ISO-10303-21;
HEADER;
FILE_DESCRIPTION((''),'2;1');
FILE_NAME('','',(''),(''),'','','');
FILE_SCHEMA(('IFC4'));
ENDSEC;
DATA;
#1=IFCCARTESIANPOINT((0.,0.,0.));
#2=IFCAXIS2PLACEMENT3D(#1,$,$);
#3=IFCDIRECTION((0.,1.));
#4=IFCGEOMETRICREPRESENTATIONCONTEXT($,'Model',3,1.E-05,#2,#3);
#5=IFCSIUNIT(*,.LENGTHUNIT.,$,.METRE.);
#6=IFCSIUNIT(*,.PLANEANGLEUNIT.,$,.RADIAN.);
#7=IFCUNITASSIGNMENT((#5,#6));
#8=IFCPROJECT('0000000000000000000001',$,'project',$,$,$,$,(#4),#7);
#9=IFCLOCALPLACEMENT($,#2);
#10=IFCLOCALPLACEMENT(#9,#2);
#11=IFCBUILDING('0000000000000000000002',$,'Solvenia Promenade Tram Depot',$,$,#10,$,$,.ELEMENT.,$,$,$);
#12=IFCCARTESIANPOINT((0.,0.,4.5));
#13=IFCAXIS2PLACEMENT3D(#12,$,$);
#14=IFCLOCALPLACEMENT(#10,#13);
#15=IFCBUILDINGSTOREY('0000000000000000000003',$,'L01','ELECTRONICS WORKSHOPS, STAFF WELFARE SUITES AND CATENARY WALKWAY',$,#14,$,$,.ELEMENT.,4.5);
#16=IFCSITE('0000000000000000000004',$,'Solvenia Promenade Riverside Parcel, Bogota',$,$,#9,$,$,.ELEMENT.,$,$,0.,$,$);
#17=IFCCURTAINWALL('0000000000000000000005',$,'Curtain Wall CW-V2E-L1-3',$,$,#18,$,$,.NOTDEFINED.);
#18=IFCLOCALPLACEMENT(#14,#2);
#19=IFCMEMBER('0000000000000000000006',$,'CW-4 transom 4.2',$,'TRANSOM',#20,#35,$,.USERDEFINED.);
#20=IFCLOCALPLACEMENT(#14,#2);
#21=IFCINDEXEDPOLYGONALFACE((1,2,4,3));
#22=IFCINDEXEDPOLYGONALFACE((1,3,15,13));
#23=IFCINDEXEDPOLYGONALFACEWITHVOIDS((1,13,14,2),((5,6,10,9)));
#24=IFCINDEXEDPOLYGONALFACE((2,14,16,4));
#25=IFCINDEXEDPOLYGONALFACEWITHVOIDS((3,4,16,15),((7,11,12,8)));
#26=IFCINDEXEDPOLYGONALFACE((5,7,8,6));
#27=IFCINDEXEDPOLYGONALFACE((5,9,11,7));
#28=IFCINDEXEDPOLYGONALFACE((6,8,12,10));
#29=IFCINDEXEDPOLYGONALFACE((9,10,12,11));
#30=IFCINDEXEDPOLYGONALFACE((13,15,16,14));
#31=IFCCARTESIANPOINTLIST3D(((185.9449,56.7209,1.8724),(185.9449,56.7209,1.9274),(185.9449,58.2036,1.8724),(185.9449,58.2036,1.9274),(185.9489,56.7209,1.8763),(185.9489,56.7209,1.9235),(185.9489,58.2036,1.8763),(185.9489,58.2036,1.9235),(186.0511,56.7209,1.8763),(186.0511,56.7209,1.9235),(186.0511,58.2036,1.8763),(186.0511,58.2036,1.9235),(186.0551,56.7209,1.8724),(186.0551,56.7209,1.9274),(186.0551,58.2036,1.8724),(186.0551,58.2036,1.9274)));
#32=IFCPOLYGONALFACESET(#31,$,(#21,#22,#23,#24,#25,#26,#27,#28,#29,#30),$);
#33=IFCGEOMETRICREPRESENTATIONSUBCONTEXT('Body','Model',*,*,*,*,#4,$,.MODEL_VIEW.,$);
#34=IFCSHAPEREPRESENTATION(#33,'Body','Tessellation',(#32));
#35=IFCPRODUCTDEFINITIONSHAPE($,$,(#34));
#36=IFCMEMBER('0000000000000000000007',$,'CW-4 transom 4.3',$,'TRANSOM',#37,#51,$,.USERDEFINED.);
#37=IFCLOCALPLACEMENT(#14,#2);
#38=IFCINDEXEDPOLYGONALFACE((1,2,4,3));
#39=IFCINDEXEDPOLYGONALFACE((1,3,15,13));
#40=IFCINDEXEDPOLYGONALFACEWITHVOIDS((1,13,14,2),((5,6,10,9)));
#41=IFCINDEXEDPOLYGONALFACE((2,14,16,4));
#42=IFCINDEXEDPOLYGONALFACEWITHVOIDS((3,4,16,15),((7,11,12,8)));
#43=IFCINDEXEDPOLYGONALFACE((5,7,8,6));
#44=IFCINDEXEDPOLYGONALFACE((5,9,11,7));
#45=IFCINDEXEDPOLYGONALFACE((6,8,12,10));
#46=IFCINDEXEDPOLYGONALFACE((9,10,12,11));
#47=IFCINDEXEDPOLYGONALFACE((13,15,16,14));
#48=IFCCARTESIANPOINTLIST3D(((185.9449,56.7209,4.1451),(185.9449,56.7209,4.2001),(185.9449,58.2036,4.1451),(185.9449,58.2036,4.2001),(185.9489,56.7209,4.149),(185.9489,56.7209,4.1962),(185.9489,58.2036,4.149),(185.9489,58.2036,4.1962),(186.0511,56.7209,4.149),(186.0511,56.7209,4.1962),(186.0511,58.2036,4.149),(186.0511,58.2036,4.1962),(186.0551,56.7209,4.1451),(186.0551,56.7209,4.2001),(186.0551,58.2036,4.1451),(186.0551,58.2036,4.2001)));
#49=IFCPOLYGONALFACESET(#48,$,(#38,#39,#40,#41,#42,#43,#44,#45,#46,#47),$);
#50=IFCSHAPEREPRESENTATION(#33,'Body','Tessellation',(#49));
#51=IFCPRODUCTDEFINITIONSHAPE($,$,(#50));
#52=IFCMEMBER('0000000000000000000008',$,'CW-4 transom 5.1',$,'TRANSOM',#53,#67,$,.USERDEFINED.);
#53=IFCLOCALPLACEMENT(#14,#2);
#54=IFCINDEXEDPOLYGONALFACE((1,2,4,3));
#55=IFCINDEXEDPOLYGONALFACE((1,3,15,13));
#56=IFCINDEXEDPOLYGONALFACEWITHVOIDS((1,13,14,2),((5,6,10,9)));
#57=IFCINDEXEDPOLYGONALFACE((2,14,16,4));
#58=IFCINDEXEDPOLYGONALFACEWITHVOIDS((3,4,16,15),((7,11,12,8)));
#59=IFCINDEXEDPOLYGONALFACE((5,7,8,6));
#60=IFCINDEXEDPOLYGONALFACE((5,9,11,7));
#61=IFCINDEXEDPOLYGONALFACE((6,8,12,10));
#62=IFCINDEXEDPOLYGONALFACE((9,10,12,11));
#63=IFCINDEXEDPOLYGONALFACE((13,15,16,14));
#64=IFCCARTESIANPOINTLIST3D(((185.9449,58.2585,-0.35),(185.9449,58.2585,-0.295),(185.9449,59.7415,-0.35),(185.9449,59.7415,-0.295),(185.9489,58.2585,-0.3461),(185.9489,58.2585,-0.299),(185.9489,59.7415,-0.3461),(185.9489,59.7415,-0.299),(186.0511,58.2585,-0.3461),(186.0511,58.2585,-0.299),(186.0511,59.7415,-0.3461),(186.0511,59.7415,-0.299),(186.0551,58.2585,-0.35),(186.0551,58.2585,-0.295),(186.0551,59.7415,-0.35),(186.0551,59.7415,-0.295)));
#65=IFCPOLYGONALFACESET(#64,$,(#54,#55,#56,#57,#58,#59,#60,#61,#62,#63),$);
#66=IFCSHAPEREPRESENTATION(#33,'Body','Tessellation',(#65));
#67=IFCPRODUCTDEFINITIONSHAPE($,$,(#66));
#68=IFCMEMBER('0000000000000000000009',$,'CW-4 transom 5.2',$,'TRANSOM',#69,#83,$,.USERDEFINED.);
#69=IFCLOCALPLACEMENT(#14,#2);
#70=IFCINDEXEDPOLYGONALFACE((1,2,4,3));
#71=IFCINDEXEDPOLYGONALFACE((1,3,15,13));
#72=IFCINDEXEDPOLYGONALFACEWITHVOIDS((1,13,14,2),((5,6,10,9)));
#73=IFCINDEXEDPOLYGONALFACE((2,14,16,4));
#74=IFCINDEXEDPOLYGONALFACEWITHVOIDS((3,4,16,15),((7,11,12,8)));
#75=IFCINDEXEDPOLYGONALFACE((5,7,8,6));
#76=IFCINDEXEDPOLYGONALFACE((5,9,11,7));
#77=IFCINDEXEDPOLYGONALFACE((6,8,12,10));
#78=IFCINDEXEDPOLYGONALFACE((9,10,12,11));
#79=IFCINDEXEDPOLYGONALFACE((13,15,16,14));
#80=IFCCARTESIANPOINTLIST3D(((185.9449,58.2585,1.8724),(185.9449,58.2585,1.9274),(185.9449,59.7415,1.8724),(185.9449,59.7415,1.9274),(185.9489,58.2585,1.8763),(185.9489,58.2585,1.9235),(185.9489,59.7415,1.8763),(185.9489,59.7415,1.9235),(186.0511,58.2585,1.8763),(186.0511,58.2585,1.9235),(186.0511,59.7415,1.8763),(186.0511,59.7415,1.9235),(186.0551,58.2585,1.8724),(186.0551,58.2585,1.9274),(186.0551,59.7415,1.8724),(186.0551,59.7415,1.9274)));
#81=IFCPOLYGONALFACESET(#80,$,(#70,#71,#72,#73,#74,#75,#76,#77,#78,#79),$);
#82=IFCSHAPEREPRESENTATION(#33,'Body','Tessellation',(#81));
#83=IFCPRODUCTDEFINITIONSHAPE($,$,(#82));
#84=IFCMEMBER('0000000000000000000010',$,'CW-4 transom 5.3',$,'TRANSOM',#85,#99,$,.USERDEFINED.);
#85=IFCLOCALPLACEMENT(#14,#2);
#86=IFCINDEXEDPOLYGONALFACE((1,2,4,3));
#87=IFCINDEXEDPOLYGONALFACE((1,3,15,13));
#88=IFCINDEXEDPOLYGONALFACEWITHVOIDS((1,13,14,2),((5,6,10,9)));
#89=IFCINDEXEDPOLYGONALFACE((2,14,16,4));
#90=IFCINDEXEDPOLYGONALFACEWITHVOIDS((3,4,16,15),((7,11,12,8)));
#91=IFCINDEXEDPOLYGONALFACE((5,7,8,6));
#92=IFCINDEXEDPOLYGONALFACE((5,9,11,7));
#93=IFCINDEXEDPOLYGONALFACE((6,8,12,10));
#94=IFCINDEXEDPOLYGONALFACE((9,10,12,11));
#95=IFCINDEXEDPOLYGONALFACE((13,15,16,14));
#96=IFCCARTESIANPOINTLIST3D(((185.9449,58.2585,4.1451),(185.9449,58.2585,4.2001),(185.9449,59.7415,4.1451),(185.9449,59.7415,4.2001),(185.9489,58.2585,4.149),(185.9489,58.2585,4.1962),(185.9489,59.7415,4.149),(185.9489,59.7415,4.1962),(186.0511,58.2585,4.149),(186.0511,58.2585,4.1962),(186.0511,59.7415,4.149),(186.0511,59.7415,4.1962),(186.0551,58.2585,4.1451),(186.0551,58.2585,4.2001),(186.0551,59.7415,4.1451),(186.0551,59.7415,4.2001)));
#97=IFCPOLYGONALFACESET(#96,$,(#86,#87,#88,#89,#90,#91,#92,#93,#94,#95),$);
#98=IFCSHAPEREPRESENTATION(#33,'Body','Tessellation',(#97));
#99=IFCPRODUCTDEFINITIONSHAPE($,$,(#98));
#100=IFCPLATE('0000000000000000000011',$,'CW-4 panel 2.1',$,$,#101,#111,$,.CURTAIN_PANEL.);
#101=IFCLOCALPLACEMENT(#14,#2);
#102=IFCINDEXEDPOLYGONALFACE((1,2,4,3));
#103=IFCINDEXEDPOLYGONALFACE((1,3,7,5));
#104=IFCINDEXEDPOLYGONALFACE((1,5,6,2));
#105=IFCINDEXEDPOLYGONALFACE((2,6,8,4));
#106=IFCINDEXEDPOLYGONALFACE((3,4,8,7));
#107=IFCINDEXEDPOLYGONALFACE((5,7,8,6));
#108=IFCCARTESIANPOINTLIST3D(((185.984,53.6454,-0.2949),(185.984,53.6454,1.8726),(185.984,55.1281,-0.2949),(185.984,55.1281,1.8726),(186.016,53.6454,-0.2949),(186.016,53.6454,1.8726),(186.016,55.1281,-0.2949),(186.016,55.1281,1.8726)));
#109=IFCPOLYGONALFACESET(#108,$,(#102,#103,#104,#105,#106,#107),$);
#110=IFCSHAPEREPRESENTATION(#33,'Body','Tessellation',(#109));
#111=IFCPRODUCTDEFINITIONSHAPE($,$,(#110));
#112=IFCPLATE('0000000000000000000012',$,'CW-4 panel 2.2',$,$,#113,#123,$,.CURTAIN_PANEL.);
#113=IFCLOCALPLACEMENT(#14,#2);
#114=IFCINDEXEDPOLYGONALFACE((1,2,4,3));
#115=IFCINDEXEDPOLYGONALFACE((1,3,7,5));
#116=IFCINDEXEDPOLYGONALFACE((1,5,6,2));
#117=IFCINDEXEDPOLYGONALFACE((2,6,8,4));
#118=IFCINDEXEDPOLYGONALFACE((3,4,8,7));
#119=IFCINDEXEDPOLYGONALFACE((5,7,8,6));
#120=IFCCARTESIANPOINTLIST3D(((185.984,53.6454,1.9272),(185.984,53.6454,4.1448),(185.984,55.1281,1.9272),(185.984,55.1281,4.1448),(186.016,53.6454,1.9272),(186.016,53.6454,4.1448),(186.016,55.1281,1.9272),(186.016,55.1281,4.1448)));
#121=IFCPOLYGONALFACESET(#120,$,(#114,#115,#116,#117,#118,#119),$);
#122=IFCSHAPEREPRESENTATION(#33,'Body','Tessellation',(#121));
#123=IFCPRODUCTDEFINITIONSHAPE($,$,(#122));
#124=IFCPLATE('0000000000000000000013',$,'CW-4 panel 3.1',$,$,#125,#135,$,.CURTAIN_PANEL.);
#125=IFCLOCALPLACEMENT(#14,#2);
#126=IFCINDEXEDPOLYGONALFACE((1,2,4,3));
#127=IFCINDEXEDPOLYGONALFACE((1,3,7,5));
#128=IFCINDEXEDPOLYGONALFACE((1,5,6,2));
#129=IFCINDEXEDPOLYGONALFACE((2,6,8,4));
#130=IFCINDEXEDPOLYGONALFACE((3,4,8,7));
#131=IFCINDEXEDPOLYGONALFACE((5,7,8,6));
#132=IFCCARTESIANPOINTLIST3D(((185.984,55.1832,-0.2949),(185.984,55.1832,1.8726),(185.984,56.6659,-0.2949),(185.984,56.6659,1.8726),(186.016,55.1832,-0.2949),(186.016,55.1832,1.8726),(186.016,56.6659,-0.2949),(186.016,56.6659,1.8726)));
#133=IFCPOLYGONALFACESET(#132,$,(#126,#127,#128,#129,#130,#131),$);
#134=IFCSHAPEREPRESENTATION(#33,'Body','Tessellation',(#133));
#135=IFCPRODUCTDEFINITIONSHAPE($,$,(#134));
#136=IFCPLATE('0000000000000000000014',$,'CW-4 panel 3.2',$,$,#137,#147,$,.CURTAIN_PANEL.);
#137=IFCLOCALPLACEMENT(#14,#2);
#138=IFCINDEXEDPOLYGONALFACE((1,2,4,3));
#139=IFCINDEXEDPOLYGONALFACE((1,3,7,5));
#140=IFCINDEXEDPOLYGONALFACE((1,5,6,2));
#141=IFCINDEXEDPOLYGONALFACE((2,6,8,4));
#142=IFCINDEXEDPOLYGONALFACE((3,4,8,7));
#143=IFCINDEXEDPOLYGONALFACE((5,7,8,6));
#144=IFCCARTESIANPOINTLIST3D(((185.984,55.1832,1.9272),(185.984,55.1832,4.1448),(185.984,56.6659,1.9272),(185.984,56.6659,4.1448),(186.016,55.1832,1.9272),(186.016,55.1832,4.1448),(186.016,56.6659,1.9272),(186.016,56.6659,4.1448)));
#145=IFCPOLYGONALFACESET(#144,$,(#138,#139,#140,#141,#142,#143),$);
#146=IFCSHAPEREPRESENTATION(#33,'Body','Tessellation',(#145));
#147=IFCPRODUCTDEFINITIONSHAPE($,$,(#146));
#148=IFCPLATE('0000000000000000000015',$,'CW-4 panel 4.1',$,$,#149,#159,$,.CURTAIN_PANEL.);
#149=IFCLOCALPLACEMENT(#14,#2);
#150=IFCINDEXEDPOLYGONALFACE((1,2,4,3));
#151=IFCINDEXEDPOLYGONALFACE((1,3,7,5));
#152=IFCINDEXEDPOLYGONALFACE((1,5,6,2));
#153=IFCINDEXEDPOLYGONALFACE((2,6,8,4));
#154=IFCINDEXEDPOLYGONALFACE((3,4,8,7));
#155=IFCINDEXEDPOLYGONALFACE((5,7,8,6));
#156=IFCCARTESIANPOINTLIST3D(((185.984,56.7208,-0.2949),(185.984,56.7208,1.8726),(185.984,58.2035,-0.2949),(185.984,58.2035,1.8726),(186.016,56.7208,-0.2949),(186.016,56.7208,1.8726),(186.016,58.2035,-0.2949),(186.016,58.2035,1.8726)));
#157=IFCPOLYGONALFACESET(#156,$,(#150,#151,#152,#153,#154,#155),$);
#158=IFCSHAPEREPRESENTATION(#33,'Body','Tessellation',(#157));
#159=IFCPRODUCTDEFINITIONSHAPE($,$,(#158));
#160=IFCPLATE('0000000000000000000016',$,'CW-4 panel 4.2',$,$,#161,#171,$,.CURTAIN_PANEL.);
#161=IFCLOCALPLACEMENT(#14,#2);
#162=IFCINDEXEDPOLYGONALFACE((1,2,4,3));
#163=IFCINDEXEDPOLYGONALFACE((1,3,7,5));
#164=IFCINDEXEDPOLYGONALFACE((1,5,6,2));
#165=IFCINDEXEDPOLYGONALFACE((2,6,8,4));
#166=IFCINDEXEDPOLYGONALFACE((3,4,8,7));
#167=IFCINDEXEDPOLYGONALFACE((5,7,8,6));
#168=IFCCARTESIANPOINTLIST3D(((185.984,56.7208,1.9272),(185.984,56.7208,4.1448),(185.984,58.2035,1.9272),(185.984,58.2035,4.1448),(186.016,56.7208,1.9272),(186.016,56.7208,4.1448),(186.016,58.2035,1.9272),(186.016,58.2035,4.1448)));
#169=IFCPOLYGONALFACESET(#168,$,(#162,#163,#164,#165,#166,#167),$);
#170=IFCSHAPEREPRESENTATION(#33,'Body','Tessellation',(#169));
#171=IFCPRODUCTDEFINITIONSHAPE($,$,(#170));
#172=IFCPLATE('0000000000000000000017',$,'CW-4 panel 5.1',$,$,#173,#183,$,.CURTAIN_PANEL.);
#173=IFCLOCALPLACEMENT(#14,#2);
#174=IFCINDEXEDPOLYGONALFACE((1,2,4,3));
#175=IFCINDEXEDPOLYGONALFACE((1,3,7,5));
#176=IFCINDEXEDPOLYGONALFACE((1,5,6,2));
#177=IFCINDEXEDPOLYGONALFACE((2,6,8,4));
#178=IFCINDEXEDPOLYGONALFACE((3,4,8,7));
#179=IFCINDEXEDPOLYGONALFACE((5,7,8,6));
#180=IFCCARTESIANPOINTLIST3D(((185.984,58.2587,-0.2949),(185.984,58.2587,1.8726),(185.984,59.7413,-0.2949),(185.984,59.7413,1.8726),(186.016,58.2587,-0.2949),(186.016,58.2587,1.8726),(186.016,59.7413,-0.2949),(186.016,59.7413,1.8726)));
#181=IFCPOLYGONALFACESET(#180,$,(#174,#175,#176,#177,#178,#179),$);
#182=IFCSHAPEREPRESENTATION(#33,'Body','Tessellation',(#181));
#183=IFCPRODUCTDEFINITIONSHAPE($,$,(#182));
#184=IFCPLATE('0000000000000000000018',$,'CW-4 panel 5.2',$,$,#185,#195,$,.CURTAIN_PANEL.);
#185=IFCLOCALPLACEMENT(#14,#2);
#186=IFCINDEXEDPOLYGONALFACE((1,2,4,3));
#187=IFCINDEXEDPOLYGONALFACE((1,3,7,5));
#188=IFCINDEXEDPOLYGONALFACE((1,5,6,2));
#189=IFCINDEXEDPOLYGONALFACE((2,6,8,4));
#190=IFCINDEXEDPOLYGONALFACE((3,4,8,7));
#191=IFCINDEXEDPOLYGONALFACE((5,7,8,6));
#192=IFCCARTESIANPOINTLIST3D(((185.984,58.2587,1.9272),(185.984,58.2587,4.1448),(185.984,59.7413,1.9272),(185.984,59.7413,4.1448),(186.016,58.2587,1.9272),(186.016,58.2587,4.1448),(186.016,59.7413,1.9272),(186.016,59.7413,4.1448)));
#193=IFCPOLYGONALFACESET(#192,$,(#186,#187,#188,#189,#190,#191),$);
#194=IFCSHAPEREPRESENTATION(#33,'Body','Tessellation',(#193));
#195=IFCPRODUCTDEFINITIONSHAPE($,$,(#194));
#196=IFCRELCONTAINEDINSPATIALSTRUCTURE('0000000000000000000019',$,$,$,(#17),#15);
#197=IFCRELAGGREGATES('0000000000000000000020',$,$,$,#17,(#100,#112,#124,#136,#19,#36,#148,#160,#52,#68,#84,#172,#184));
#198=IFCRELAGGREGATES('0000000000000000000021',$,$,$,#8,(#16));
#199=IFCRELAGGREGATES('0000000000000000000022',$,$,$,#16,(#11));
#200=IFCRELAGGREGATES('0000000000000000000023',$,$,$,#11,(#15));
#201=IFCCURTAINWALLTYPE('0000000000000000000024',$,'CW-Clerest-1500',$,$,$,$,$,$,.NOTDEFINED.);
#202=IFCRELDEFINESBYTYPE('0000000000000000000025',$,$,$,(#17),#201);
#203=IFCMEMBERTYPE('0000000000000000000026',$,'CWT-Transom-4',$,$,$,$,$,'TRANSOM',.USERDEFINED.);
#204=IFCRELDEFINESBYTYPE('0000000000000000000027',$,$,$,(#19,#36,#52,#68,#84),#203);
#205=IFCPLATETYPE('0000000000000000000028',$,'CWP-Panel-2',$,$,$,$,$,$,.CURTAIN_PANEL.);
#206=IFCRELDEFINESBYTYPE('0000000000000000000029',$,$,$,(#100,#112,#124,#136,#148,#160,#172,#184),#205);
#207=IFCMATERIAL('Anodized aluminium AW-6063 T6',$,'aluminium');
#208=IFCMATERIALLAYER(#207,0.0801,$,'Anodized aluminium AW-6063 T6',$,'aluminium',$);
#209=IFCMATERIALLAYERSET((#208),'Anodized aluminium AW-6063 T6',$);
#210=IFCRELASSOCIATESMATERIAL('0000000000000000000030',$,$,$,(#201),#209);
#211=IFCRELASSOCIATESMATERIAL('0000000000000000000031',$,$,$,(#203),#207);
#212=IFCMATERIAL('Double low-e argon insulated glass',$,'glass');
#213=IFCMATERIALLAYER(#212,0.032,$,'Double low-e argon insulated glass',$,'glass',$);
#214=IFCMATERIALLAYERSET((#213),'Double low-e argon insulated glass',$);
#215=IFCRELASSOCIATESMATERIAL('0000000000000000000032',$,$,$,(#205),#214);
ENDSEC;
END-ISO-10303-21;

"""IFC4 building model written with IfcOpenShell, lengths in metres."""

from ifc_helpers import new_model, si_unit, direction, frame, origin, origin_2d, place, context, subcontext, project, spatial, rectangle, hollow_rectangle, extrude, material, layer, layer_set, material_profile, profile_set, type_object, element, aggregate, save


model = new_model("IFC4")

# Units and contexts
model_context = context("Model", 3, precision=1e-05, world=origin(), true_north=direction((0.0, 1.0)))
body_context = subcontext(model_context, "Body", "Model", "MODEL_VIEW")
ifc_project = project(units=[si_unit("LENGTHUNIT", "METRE"), si_unit("PLANEANGLEUNIT", "RADIAN")], contexts=[model_context])

# Site, building, storey
site_placement = place(None, origin())
site = spatial("IfcSite", under=ifc_project, at=site_placement, Name="Solvenia Promenade Riverside Parcel, Bogota", CompositionType="ELEMENT", RefElevation=0.0)
building_placement = place(site_placement, origin())
building = spatial("IfcBuilding", under=site, at=building_placement, Name="Solvenia Promenade Tram Depot", CompositionType="ELEMENT")
storey_placement = place(building_placement, frame((0.0, 0.0, 4.5)))
storey = spatial("IfcBuildingStorey", under=building, at=storey_placement, Name="L01", Description="ELECTRONICS WORKSHOPS, STAFF WELFARE SUITES AND CATENARY WALKWAY", CompositionType="ELEMENT", Elevation=4.5)

# Curtain wall, members, plates
ifc_material_1 = material(Name="Anodized aluminium AW-6063 T6", Category="aluminium")
ifc_layer_1 = layer(ifc_material_1, 0.0801, Name="Anodized aluminium AW-6063 T6", Category="aluminium")
ifc_layer_set_1 = layer_set([ifc_layer_1], Name="Anodized aluminium AW-6063 T6")
curtain_wall_type = type_object("IfcCurtainWallType", Name="CW-Clerest-1500", PredefinedType="NOTDEFINED", material=ifc_layer_set_1)
curtain_wall_placement = place(storey_placement, origin())
curtain_wall = element("IfcCurtainWall", 1, at=curtain_wall_placement, inside=storey, type_object=curtain_wall_type, Name="Curtain Wall CW-V2E-L1-3", PredefinedType="NOTDEFINED")
ifc_material_profile_1 = material_profile(ifc_material_1, hollow_rectangle(XDim=0.1101, YDim=0.0549, WallThickness=0.0039, at=origin_2d()), Name="ALU-T4", Category="aluminium")
ifc_profile_set_1 = profile_set([ifc_material_profile_1], Name="Anodized aluminium AW-6063 T6")
member_type_1 = type_object("IfcMemberType", Name="CWT-Transom-4", ElementType="TRANSOM", PredefinedType="USERDEFINED", material=ifc_profile_set_1)
member_1_placement = place(storey_placement, frame((186.0, 56.7209, 1.8999), z_axis=(0.0, 1.0, 0.0), x_axis=(-1.0, 0.0, 0.0)))
member_1 = element("IfcMember", 2, at=member_1_placement, type_object=member_type_1, Name="CW-4 transom 4.2", ObjectType="TRANSOM", PredefinedType="USERDEFINED", context=body_context, shape_type="SweptSolid", body=[
    extrude(hollow_rectangle(XDim=0.1101, YDim=0.0549, WallThickness=0.0039, at=origin_2d()), origin(), (0.0, 0.0, 1.0), 1.4827),
])
member_2_placement = place(storey_placement, frame((186.0, 56.7209, 4.1726), z_axis=(0.0, 1.0, 0.0), x_axis=(-1.0, 0.0, 0.0)))
member_2 = element("IfcMember", 3, at=member_2_placement, type_object=member_type_1, Name="CW-4 transom 4.3", ObjectType="TRANSOM", PredefinedType="USERDEFINED", context=body_context, shape_type="SweptSolid", body=[
    extrude(hollow_rectangle(XDim=0.1101, YDim=0.0549, WallThickness=0.0039, at=origin_2d()), origin(), (0.0, 0.0, 1.0), 1.4827),
])
member_3_placement = place(storey_placement, frame((186.0, 58.2585, -0.3225), z_axis=(0.0, 1.0, 0.0), x_axis=(-1.0, 0.0, 0.0)))
member_3 = element("IfcMember", 4, at=member_3_placement, type_object=member_type_1, Name="CW-4 transom 5.1", ObjectType="TRANSOM", PredefinedType="USERDEFINED", context=body_context, shape_type="SweptSolid", body=[
    extrude(hollow_rectangle(XDim=0.1101, YDim=0.0549, WallThickness=0.0039, at=origin_2d()), origin(), (0.0, 0.0, 1.0), 1.4829),
])
member_4_placement = place(storey_placement, frame((186.0, 58.2585, 1.8999), z_axis=(0.0, 1.0, 0.0), x_axis=(-1.0, 0.0, 0.0)))
member_4 = element("IfcMember", 5, at=member_4_placement, type_object=member_type_1, Name="CW-4 transom 5.2", ObjectType="TRANSOM", PredefinedType="USERDEFINED", context=body_context, shape_type="SweptSolid", body=[
    extrude(hollow_rectangle(XDim=0.1101, YDim=0.0549, WallThickness=0.0039, at=origin_2d()), origin(), (0.0, 0.0, 1.0), 1.4829),
])
member_5_placement = place(storey_placement, frame((186.0, 58.2585, 4.1726), z_axis=(0.0, 1.0, 0.0), x_axis=(-1.0, 0.0, 0.0)))
member_5 = element("IfcMember", 6, at=member_5_placement, type_object=member_type_1, Name="CW-4 transom 5.3", ObjectType="TRANSOM", PredefinedType="USERDEFINED", context=body_context, shape_type="SweptSolid", body=[
    extrude(hollow_rectangle(XDim=0.1101, YDim=0.0549, WallThickness=0.0039, at=origin_2d()), origin(), (0.0, 0.0, 1.0), 1.4829),
])
ifc_material_2 = material(Name="Double low-e argon insulated glass", Category="glass")
ifc_layer_2 = layer(ifc_material_2, 0.032, Name="Double low-e argon insulated glass", Category="glass")
ifc_layer_set_2 = layer_set([ifc_layer_2], Name="Double low-e argon insulated glass")
plate_type = type_object("IfcPlateType", Name="CWP-Panel-2", PredefinedType="CURTAIN_PANEL", material=ifc_layer_set_2)
plate_1_placement = place(storey_placement, frame((186.0, 54.3867, -0.2949), z_axis=(0.0, 0.0, 1.0), x_axis=(0.0, 1.0, 0.0)))
plate_1 = element("IfcPlate", 7, at=plate_1_placement, type_object=plate_type, Name="CW-4 panel 2.1", PredefinedType="CURTAIN_PANEL", context=body_context, shape_type="SweptSolid", body=[
    extrude(rectangle(XDim=1.4827, YDim=0.032, at=origin_2d()), origin(), (0.0, 0.0, 1.0), 2.1675),
])
plate_2_placement = place(storey_placement, frame((186.0, 54.3867, 1.9272), z_axis=(0.0, 0.0, 1.0), x_axis=(0.0, 1.0, 0.0)))
plate_2 = element("IfcPlate", 8, at=plate_2_placement, type_object=plate_type, Name="CW-4 panel 2.2", PredefinedType="CURTAIN_PANEL", context=body_context, shape_type="SweptSolid", body=[
    extrude(rectangle(XDim=1.4827, YDim=0.032, at=origin_2d()), origin(), (0.0, 0.0, 1.0), 2.2175),
])
plate_3_placement = place(storey_placement, frame((186.0, 55.9246, -0.2949), z_axis=(0.0, 0.0, 1.0), x_axis=(0.0, 1.0, 0.0)))
plate_3 = element("IfcPlate", 9, at=plate_3_placement, type_object=plate_type, Name="CW-4 panel 3.1", PredefinedType="CURTAIN_PANEL", context=body_context, shape_type="SweptSolid", body=[
    extrude(rectangle(XDim=1.4827, YDim=0.032, at=origin_2d()), origin(), (0.0, 0.0, 1.0), 2.1675),
])
plate_4_placement = place(storey_placement, frame((186.0, 55.9246, 1.9272), z_axis=(0.0, 0.0, 1.0), x_axis=(0.0, 1.0, 0.0)))
plate_4 = element("IfcPlate", 10, at=plate_4_placement, type_object=plate_type, Name="CW-4 panel 3.2", PredefinedType="CURTAIN_PANEL", context=body_context, shape_type="SweptSolid", body=[
    extrude(rectangle(XDim=1.4827, YDim=0.032, at=origin_2d()), origin(), (0.0, 0.0, 1.0), 2.2175),
])
plate_5_placement = place(storey_placement, frame((186.0, 57.4622, -0.2949), z_axis=(0.0, 0.0, 1.0), x_axis=(0.0, 1.0, 0.0)))
plate_5 = element("IfcPlate", 11, at=plate_5_placement, type_object=plate_type, Name="CW-4 panel 4.1", PredefinedType="CURTAIN_PANEL", context=body_context, shape_type="SweptSolid", body=[
    extrude(rectangle(XDim=1.4827, YDim=0.032, at=origin_2d()), origin(), (0.0, 0.0, 1.0), 2.1675),
])
plate_6_placement = place(storey_placement, frame((186.0, 57.4622, 1.9272), z_axis=(0.0, 0.0, 1.0), x_axis=(0.0, 1.0, 0.0)))
plate_6 = element("IfcPlate", 12, at=plate_6_placement, type_object=plate_type, Name="CW-4 panel 4.2", PredefinedType="CURTAIN_PANEL", context=body_context, shape_type="SweptSolid", body=[
    extrude(rectangle(XDim=1.4827, YDim=0.032, at=origin_2d()), origin(), (0.0, 0.0, 1.0), 2.2175),
])
plate_7_placement = place(storey_placement, frame((186.0, 59.0, -0.2949), z_axis=(0.0, 0.0, 1.0), x_axis=(0.0, 1.0, 0.0)))
plate_7 = element("IfcPlate", 13, at=plate_7_placement, type_object=plate_type, Name="CW-4 panel 5.1", PredefinedType="CURTAIN_PANEL", context=body_context, shape_type="SweptSolid", body=[
    extrude(rectangle(XDim=1.4827, YDim=0.032, at=origin_2d()), origin(), (0.0, 0.0, 1.0), 2.1675),
])
plate_8_placement = place(storey_placement, frame((186.0, 59.0, 1.9272), z_axis=(0.0, 0.0, 1.0), x_axis=(0.0, 1.0, 0.0)))
plate_8 = element("IfcPlate", 14, at=plate_8_placement, type_object=plate_type, Name="CW-4 panel 5.2", PredefinedType="CURTAIN_PANEL", context=body_context, shape_type="SweptSolid", body=[
    extrude(rectangle(XDim=1.4827, YDim=0.032, at=origin_2d()), origin(), (0.0, 0.0, 1.0), 2.2175),
])
aggregate(curtain_wall, [plate_1, plate_2, plate_3, plate_4, member_1, member_2, plate_5, plate_6, member_3, member_4, member_5, plate_7, plate_8])

save(model, "model.ifc")
